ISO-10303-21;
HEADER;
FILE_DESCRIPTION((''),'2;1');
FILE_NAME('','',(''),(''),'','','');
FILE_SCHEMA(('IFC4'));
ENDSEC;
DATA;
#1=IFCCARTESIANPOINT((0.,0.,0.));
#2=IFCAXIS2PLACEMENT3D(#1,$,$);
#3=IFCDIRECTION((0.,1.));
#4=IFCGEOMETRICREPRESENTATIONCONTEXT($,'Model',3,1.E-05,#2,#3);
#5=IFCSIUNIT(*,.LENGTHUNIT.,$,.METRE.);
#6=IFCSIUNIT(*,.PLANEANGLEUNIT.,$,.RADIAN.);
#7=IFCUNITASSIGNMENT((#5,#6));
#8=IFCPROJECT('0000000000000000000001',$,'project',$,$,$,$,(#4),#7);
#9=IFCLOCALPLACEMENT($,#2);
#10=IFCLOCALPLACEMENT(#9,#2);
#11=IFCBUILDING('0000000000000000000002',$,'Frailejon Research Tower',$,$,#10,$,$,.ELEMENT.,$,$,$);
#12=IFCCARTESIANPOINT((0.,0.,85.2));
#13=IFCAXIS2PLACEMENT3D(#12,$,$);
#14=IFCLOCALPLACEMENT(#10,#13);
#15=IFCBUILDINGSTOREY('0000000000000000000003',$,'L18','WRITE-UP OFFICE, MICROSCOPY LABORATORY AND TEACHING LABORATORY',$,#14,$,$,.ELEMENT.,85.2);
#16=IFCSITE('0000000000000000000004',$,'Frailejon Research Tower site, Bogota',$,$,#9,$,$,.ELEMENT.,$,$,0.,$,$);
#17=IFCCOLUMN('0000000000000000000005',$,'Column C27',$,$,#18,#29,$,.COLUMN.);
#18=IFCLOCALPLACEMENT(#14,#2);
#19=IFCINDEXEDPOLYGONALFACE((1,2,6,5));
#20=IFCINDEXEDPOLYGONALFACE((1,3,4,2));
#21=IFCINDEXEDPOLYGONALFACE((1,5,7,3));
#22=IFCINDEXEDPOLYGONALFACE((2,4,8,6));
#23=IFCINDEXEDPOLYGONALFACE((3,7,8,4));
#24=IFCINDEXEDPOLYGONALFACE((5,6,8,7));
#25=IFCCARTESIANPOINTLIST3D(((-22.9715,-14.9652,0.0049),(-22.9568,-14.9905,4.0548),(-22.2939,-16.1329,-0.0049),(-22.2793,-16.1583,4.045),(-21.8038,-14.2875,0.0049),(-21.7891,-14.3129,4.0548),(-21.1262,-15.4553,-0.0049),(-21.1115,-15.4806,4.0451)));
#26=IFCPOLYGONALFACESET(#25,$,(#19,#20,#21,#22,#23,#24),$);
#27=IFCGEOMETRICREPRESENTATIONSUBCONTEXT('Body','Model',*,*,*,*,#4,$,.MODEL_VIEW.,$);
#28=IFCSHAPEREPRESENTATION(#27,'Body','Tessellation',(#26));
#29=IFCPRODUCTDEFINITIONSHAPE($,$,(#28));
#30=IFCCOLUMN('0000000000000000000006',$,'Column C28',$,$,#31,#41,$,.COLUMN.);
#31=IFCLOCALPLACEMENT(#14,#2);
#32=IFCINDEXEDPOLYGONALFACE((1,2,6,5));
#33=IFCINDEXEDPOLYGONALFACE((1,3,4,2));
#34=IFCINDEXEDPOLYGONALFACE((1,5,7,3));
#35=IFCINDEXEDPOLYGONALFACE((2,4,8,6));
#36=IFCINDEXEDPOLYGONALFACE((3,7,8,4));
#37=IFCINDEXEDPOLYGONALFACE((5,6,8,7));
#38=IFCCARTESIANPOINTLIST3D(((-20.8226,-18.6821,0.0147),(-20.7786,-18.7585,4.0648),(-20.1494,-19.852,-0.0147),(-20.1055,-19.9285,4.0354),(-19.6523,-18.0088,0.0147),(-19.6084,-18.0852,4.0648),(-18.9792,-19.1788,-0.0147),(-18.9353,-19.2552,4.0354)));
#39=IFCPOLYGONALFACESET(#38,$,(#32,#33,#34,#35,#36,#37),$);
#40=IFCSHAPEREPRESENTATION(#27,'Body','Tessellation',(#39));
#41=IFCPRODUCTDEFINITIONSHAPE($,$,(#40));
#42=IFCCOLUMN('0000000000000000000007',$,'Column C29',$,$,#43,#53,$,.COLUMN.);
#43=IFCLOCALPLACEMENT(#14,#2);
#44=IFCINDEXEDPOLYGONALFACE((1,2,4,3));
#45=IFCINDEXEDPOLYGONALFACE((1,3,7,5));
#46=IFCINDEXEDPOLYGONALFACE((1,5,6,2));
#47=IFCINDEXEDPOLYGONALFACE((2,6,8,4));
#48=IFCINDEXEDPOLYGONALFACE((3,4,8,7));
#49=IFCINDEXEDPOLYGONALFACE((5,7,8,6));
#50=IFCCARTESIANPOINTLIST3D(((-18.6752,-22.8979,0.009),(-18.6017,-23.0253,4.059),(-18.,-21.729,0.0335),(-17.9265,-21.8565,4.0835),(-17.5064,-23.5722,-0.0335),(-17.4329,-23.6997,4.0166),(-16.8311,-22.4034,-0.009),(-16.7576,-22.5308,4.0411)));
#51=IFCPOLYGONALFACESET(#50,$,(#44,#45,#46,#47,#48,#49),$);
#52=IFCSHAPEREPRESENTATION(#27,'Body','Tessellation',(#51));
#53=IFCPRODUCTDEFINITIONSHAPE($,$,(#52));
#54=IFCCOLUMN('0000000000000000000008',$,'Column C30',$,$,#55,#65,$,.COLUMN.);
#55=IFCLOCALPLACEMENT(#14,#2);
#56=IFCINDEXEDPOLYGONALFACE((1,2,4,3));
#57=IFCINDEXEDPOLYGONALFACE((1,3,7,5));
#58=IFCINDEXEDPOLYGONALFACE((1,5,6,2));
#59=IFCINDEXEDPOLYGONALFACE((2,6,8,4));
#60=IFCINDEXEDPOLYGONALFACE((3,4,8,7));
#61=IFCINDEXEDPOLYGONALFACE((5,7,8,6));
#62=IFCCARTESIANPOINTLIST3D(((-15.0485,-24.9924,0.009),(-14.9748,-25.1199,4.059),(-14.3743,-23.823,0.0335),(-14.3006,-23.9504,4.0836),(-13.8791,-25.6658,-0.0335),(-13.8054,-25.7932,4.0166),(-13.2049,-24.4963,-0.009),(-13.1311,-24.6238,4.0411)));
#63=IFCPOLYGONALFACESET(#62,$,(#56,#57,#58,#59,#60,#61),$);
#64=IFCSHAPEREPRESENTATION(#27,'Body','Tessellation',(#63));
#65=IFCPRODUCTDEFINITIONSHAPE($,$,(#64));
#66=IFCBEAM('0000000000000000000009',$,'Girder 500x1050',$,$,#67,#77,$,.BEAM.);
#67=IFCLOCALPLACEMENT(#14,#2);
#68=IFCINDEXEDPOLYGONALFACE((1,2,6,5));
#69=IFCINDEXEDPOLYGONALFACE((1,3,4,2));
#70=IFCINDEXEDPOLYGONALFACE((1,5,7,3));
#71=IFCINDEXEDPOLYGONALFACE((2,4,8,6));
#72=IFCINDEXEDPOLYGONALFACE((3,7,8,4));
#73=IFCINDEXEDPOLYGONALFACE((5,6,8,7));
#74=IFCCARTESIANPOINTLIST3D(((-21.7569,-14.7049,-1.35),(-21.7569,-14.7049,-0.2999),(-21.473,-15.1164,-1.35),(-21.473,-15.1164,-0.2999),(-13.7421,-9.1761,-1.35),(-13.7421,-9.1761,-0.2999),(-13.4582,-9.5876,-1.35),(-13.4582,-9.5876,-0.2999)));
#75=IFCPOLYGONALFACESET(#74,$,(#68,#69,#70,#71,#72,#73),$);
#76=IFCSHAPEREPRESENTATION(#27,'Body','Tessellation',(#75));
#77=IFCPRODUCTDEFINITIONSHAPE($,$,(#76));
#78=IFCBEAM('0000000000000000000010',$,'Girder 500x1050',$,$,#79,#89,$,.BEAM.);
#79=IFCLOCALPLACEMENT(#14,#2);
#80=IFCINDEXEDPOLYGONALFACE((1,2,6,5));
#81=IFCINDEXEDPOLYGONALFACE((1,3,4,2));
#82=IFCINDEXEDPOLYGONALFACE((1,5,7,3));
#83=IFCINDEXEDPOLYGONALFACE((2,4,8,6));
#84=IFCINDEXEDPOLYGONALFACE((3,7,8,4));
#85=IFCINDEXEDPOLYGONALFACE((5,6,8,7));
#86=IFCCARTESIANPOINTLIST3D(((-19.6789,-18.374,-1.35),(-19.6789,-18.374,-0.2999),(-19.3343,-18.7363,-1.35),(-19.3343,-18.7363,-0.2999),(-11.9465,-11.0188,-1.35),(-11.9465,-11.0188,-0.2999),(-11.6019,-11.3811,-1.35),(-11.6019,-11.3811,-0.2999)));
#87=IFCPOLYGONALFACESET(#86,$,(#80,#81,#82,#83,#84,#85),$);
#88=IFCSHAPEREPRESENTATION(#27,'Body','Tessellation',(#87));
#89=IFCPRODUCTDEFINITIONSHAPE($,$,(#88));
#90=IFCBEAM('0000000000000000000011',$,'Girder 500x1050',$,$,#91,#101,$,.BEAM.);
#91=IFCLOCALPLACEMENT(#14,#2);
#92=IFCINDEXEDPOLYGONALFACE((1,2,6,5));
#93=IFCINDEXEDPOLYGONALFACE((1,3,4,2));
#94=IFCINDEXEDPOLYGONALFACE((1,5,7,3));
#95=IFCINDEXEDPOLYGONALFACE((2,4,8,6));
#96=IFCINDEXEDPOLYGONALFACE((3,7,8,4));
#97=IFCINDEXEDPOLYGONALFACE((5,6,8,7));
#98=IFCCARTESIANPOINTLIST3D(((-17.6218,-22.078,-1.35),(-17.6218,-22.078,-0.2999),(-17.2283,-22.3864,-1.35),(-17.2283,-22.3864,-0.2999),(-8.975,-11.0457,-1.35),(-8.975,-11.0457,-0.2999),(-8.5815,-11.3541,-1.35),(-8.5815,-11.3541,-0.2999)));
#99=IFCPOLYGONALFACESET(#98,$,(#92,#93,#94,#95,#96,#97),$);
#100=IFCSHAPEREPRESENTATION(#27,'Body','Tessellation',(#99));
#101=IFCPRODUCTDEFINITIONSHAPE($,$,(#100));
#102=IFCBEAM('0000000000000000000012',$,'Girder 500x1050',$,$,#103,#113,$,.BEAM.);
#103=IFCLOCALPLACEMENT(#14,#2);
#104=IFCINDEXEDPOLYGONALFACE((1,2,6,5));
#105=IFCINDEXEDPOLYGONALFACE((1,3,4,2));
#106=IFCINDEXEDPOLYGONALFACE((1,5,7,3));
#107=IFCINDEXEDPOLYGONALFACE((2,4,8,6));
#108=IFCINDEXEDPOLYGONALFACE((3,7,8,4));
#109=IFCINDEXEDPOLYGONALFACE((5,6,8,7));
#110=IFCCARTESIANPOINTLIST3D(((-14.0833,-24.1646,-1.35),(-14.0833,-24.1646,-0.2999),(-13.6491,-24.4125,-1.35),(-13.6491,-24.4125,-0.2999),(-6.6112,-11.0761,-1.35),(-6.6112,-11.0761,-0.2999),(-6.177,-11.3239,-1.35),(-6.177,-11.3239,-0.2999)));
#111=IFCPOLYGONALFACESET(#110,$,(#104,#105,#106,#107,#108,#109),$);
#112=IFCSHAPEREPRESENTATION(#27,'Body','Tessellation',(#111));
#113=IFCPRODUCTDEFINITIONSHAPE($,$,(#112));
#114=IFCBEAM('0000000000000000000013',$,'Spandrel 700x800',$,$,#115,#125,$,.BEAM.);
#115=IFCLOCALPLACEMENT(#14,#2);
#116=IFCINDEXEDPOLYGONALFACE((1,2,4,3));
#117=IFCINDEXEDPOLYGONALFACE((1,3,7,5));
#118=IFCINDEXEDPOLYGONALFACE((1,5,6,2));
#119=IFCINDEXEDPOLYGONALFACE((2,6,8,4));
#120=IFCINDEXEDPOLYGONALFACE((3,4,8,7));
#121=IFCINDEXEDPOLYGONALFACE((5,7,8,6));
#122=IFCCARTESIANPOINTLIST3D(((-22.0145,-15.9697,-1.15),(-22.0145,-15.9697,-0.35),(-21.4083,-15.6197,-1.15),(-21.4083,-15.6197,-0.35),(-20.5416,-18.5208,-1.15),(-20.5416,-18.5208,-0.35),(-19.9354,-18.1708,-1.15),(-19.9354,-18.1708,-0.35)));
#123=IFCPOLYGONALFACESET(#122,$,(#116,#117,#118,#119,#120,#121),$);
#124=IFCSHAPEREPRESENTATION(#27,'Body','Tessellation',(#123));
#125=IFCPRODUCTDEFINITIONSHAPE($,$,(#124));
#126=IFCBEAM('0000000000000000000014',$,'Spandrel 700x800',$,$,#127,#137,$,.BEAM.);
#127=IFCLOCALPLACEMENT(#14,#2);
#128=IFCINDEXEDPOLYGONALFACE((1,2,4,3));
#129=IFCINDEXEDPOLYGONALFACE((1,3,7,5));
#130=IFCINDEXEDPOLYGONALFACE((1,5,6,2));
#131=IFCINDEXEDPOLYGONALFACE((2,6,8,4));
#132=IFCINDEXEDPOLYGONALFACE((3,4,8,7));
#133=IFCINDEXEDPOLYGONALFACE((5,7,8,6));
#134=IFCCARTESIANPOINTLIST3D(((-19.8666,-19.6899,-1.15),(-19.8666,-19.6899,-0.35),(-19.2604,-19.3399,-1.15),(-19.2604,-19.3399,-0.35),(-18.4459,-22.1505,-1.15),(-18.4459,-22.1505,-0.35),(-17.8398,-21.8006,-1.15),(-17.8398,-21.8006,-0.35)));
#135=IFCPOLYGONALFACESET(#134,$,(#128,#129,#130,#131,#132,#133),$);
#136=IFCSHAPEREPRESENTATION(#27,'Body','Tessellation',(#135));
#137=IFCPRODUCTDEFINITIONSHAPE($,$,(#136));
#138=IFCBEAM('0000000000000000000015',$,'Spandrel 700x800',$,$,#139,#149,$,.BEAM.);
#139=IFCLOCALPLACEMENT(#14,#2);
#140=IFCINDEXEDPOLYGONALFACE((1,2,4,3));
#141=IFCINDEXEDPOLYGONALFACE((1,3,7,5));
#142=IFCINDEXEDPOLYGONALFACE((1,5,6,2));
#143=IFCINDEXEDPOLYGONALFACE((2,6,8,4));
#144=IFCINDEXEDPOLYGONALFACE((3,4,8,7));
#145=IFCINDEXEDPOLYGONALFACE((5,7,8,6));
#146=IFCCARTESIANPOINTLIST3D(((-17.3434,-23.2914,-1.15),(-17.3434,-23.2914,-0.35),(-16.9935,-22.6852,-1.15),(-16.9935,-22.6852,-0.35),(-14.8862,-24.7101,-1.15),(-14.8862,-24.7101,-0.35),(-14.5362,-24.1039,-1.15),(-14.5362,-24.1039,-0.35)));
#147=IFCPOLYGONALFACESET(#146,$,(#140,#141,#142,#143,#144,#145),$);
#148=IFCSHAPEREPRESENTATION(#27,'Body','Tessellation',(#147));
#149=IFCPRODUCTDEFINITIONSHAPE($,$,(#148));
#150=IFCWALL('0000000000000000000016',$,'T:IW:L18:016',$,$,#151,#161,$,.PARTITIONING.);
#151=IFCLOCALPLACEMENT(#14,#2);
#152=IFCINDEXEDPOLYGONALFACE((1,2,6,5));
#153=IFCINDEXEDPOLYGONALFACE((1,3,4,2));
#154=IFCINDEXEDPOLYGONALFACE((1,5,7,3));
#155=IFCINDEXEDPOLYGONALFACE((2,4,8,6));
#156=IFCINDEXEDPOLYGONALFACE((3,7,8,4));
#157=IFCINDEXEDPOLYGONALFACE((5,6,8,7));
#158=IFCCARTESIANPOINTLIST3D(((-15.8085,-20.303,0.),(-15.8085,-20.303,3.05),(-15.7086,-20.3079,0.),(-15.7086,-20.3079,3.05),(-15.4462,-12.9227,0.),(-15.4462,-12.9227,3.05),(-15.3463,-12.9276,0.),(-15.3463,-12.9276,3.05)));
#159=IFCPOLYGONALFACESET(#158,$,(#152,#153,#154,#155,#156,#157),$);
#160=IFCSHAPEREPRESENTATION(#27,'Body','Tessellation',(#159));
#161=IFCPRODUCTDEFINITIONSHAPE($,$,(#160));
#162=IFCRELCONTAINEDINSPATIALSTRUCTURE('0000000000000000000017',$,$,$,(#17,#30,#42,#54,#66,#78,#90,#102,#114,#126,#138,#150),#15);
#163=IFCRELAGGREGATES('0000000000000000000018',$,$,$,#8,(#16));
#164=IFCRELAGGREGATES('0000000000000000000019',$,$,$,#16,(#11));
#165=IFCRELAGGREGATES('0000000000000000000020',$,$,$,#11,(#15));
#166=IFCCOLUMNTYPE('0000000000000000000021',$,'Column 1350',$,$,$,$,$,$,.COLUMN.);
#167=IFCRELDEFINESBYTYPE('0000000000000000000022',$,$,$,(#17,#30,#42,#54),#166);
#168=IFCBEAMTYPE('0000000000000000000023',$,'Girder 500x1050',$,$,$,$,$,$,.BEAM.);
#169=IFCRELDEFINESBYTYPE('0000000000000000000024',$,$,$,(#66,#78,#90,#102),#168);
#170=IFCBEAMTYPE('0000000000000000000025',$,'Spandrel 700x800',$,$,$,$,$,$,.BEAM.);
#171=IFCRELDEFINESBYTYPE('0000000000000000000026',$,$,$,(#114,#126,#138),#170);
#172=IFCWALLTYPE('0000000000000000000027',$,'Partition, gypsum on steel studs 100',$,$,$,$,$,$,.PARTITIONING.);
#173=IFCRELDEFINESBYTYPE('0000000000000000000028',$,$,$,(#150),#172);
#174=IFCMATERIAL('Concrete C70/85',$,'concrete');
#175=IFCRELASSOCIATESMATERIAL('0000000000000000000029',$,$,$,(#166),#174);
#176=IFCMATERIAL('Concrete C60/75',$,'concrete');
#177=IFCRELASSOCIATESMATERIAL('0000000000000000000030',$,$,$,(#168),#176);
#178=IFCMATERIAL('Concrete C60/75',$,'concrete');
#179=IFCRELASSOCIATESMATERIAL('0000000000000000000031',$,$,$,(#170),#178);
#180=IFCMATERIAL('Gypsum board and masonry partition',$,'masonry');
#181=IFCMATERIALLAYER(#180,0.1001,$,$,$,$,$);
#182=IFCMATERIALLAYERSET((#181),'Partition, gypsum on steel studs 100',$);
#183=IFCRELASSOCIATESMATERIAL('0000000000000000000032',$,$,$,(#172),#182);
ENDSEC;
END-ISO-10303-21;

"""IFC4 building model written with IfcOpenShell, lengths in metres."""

from ifc_helpers import new_model, si_unit, direction, frame, frame_2d, origin, origin_2d, place, context, subcontext, project, spatial, rectangle, extrude, material, layer, layer_set, material_profile, profile_set, type_object, element, save


model = new_model("IFC4")

# Units and contexts
model_context = context("Model", 3, precision=1e-05, world=origin(), true_north=direction((0.0, 1.0)))
body_context = subcontext(model_context, "Body", "Model", "MODEL_VIEW")
ifc_project = project(units=[si_unit("LENGTHUNIT", "METRE"), si_unit("PLANEANGLEUNIT", "RADIAN")], contexts=[model_context])

# Site, building, storey
site_placement = place(None, origin())
site = spatial("IfcSite", under=ifc_project, at=site_placement, Name="Frailejon Research Tower site, Bogota", CompositionType="ELEMENT", RefElevation=0.0)
building_placement = place(site_placement, origin())
building = spatial("IfcBuilding", under=site, at=building_placement, Name="Frailejon Research Tower", CompositionType="ELEMENT")
storey_placement = place(building_placement, frame((0.0, 0.0, 85.2)))
storey = spatial("IfcBuildingStorey", under=building, at=storey_placement, Name="L18", Description="WRITE-UP OFFICE, MICROSCOPY LABORATORY AND TEACHING LABORATORY", CompositionType="ELEMENT", Elevation=85.2)

# Columns
ifc_material_1 = material(Name="Concrete C70/85", Category="concrete")
ifc_material_profile_1 = material_profile(ifc_material_1, rectangle(XDim=1.3501, YDim=1.3501, at=origin_2d()), Name="Column 1350")
ifc_profile_set_1 = profile_set([ifc_material_profile_1], Name="Concrete C70/85")
column_type = type_object("IfcColumnType", Name="Column 1350", PredefinedType="COLUMN", material=ifc_profile_set_1)
column_1_placement = place(storey_placement, frame((-22.0488, -15.2102, 0.0), z_axis=(0.003617, -0.006269, 0.999974), x_axis=(0.501883, -0.864905, -0.007238)))
element("IfcColumn", 1, at=column_1_placement, inside=storey, type_object=column_type, Name="Column C27", PredefinedType="COLUMN", context=body_context, shape_type="SweptSolid", body=[
    extrude(rectangle(XDim=1.3501, YDim=1.3501, at=origin_2d()), origin(), (0.0, 0.0, 1.0), 4.05),
])
column_2_placement = place(storey_placement, frame((-19.9009, -18.9304, 0.0), z_axis=(0.010848, -0.018863, 0.999763), x_axis=(0.498562, -0.866581, -0.02176)))
element("IfcColumn", 2, at=column_2_placement, inside=storey, type_object=column_type, Name="Column C28", PredefinedType="COLUMN", context=body_context, shape_type="SweptSolid", body=[
    extrude(rectangle(XDim=1.3501, YDim=1.3501, at=origin_2d()), origin(), (0.0, 0.0, 1.0), 4.051),
])
for number, where, z_axis, x_axis, name in (
    (3, (-17.7532, -22.6506, 0.0), (0.018133, -0.031446, 0.999341), (0.865741, -0.499505, -0.031426), "Column C29"),
    (4, (-14.1267, -24.7444, 0.0), (0.018193, -0.031446, 0.99934), (0.866186, -0.49873, -0.031462), "Column C30"),
):
    element("IfcColumn", number, at=place(storey_placement, frame(where, z_axis=z_axis, x_axis=x_axis)), inside=storey, type_object=column_type, Name=name, PredefinedType="COLUMN", context=body_context, shape_type="SweptSolid", body=[
        extrude(rectangle(XDim=1.3501, YDim=1.3501, at=origin_2d()), origin(), (0.0, 0.0, 1.0), 4.0527),
    ])

# Beams
ifc_material_2 = material(Name="Concrete C60/75", Category="concrete")
ifc_material_profile_2 = material_profile(ifc_material_2, rectangle(XDim=0.5, YDim=1.05, at=origin_2d()), Name="Girder 500x1050")
ifc_profile_set_2 = profile_set([ifc_material_profile_2], Name="Concrete C60/75")
beam_type_1 = type_object("IfcBeamType", Name="Girder 500x1050", PredefinedType="BEAM", material=ifc_profile_set_2)
beam_1_placement = place(storey_placement, frame((-21.615, -14.9106, -0.825), z_axis=(0.823151, 0.567823, 0.0), x_axis=(-0.567823, 0.823151, 0.0)))
element("IfcBeam", 5, at=beam_1_placement, inside=storey, type_object=beam_type_1, Name="Girder 500x1050", PredefinedType="BEAM", context=body_context, shape_type="SweptSolid", body=[
    extrude(rectangle(XDim=0.5, YDim=1.05, at=origin_2d()), origin(), (0.0, 0.0, 1.0), 9.7368),
])
beam_2_placement = place(storey_placement, frame((-19.5066, -18.5552, -0.825), z_axis=(0.724558, 0.689213, 0.0), x_axis=(-0.689213, 0.724558, 0.0)))
element("IfcBeam", 6, at=beam_2_placement, inside=storey, type_object=beam_type_1, Name="Girder 500x1050", PredefinedType="BEAM", context=body_context, shape_type="SweptSolid", body=[
    extrude(rectangle(XDim=0.5, YDim=1.05, at=origin_2d()), origin(), (0.0, 0.0, 1.0), 10.6719),
])
beam_3_placement = place(storey_placement, frame((-17.425, -22.2322, -0.825), z_axis=(0.616875, 0.787061, 0.0), x_axis=(-0.787061, 0.616875, 0.0)))
element("IfcBeam", 7, at=beam_3_placement, inside=storey, type_object=beam_type_1, Name="Girder 500x1050", PredefinedType="BEAM", context=body_context, shape_type="SweptSolid", body=[
    extrude(rectangle(XDim=0.5, YDim=1.05, at=origin_2d()), origin(), (0.0, 0.0, 1.0), 14.0171),
])
beam_4_placement = place(storey_placement, frame((-13.8662, -24.2886, -0.825), z_axis=(0.495787, 0.868444, 0.0), x_axis=(-0.868444, 0.495787, 0.0)))
element("IfcBeam", 8, at=beam_4_placement, inside=storey, type_object=beam_type_1, Name="Girder 500x1050", PredefinedType="BEAM", context=body_context, shape_type="SweptSolid", body=[
    extrude(rectangle(XDim=0.5, YDim=1.05, at=origin_2d()), origin(), (0.0, 0.0, 1.0), 15.0713),
])
ifc_material_3 = material(Name="Concrete C60/75", Category="concrete")
ifc_material_profile_3 = material_profile(ifc_material_3, rectangle(XDim=0.7, YDim=0.8, at=origin_2d()), Name="Spandrel 700x800")
ifc_profile_set_3 = profile_set([ifc_material_profile_3], Name="Concrete C60/75")
beam_type_2 = type_object("IfcBeamType", Name="Spandrel 700x800", PredefinedType="BEAM", material=ifc_profile_set_3)
beam_5_placement = place(storey_placement, frame((-21.7114, -15.7947, -0.75), z_axis=(0.500017, -0.866016, 0.0), x_axis=(0.866016, 0.500017, 0.0)))
element("IfcBeam", 9, at=beam_5_placement, inside=storey, type_object=beam_type_2, Name="Spandrel 700x800", PredefinedType="BEAM", context=body_context, shape_type="SweptSolid", body=[
    extrude(rectangle(XDim=0.7, YDim=0.8, at=origin_2d()), origin(), (0.0, 0.0, 1.0), 2.9458),
])
beam_6_placement = place(storey_placement, frame((-19.5635, -19.5149, -0.75), z_axis=(0.499993, -0.86603, 0.0), x_axis=(0.86603, 0.499993, 0.0)))
element("IfcBeam", 10, at=beam_6_placement, inside=storey, type_object=beam_type_2, Name="Spandrel 700x800", PredefinedType="BEAM", context=body_context, shape_type="SweptSolid", body=[
    extrude(rectangle(XDim=0.7, YDim=0.8, at=origin_2d()), origin(), (0.0, 0.0, 1.0), 2.8413),
])
beam_7_placement = place(storey_placement, frame((-17.1685, -22.9883, -0.75), z_axis=(0.866027, -0.499998, 0.0), x_axis=(0.499998, 0.866027, 0.0)))
element("IfcBeam", 11, at=beam_7_placement, inside=storey, type_object=beam_type_2, Name="Spandrel 700x800", PredefinedType="BEAM", context=body_context, shape_type="SweptSolid", body=[
    extrude(rectangle(XDim=0.7, YDim=0.8, at=origin_2d()), origin(), (0.0, 0.0, 1.0), 2.8374),
])

# Wall
ifc_material_4 = material(Name="Gypsum board and masonry partition", Category="masonry")
ifc_layer_1 = layer(ifc_material_4, 0.1001)
ifc_layer_set_1 = layer_set([ifc_layer_1], Name="Partition, gypsum on steel studs 100")
wall_type_1 = type_object("IfcWallType", Name="Partition, gypsum on steel studs 100", PredefinedType="PARTITIONING", material=ifc_layer_set_1)
wall_1_placement = place(storey_placement, frame((-15.7585, -20.3054, 0.0), z_axis=(0.0, 0.0, 1.0), x_axis=(0.049031, 0.998797, 0.0)))
element("IfcWall", 12, at=wall_1_placement, inside=storey, type_object=wall_type_1, Name="T:IW:L18:016", PredefinedType="PARTITIONING", context=body_context, shape_type="SweptSolid", body=[
    extrude(rectangle(XDim=7.3892, YDim=0.1001, at=frame_2d((3.6946, 0.0))), origin(), (0.0, 0.0, 1.0), 3.05),
])

save(model, "model.ifc")
